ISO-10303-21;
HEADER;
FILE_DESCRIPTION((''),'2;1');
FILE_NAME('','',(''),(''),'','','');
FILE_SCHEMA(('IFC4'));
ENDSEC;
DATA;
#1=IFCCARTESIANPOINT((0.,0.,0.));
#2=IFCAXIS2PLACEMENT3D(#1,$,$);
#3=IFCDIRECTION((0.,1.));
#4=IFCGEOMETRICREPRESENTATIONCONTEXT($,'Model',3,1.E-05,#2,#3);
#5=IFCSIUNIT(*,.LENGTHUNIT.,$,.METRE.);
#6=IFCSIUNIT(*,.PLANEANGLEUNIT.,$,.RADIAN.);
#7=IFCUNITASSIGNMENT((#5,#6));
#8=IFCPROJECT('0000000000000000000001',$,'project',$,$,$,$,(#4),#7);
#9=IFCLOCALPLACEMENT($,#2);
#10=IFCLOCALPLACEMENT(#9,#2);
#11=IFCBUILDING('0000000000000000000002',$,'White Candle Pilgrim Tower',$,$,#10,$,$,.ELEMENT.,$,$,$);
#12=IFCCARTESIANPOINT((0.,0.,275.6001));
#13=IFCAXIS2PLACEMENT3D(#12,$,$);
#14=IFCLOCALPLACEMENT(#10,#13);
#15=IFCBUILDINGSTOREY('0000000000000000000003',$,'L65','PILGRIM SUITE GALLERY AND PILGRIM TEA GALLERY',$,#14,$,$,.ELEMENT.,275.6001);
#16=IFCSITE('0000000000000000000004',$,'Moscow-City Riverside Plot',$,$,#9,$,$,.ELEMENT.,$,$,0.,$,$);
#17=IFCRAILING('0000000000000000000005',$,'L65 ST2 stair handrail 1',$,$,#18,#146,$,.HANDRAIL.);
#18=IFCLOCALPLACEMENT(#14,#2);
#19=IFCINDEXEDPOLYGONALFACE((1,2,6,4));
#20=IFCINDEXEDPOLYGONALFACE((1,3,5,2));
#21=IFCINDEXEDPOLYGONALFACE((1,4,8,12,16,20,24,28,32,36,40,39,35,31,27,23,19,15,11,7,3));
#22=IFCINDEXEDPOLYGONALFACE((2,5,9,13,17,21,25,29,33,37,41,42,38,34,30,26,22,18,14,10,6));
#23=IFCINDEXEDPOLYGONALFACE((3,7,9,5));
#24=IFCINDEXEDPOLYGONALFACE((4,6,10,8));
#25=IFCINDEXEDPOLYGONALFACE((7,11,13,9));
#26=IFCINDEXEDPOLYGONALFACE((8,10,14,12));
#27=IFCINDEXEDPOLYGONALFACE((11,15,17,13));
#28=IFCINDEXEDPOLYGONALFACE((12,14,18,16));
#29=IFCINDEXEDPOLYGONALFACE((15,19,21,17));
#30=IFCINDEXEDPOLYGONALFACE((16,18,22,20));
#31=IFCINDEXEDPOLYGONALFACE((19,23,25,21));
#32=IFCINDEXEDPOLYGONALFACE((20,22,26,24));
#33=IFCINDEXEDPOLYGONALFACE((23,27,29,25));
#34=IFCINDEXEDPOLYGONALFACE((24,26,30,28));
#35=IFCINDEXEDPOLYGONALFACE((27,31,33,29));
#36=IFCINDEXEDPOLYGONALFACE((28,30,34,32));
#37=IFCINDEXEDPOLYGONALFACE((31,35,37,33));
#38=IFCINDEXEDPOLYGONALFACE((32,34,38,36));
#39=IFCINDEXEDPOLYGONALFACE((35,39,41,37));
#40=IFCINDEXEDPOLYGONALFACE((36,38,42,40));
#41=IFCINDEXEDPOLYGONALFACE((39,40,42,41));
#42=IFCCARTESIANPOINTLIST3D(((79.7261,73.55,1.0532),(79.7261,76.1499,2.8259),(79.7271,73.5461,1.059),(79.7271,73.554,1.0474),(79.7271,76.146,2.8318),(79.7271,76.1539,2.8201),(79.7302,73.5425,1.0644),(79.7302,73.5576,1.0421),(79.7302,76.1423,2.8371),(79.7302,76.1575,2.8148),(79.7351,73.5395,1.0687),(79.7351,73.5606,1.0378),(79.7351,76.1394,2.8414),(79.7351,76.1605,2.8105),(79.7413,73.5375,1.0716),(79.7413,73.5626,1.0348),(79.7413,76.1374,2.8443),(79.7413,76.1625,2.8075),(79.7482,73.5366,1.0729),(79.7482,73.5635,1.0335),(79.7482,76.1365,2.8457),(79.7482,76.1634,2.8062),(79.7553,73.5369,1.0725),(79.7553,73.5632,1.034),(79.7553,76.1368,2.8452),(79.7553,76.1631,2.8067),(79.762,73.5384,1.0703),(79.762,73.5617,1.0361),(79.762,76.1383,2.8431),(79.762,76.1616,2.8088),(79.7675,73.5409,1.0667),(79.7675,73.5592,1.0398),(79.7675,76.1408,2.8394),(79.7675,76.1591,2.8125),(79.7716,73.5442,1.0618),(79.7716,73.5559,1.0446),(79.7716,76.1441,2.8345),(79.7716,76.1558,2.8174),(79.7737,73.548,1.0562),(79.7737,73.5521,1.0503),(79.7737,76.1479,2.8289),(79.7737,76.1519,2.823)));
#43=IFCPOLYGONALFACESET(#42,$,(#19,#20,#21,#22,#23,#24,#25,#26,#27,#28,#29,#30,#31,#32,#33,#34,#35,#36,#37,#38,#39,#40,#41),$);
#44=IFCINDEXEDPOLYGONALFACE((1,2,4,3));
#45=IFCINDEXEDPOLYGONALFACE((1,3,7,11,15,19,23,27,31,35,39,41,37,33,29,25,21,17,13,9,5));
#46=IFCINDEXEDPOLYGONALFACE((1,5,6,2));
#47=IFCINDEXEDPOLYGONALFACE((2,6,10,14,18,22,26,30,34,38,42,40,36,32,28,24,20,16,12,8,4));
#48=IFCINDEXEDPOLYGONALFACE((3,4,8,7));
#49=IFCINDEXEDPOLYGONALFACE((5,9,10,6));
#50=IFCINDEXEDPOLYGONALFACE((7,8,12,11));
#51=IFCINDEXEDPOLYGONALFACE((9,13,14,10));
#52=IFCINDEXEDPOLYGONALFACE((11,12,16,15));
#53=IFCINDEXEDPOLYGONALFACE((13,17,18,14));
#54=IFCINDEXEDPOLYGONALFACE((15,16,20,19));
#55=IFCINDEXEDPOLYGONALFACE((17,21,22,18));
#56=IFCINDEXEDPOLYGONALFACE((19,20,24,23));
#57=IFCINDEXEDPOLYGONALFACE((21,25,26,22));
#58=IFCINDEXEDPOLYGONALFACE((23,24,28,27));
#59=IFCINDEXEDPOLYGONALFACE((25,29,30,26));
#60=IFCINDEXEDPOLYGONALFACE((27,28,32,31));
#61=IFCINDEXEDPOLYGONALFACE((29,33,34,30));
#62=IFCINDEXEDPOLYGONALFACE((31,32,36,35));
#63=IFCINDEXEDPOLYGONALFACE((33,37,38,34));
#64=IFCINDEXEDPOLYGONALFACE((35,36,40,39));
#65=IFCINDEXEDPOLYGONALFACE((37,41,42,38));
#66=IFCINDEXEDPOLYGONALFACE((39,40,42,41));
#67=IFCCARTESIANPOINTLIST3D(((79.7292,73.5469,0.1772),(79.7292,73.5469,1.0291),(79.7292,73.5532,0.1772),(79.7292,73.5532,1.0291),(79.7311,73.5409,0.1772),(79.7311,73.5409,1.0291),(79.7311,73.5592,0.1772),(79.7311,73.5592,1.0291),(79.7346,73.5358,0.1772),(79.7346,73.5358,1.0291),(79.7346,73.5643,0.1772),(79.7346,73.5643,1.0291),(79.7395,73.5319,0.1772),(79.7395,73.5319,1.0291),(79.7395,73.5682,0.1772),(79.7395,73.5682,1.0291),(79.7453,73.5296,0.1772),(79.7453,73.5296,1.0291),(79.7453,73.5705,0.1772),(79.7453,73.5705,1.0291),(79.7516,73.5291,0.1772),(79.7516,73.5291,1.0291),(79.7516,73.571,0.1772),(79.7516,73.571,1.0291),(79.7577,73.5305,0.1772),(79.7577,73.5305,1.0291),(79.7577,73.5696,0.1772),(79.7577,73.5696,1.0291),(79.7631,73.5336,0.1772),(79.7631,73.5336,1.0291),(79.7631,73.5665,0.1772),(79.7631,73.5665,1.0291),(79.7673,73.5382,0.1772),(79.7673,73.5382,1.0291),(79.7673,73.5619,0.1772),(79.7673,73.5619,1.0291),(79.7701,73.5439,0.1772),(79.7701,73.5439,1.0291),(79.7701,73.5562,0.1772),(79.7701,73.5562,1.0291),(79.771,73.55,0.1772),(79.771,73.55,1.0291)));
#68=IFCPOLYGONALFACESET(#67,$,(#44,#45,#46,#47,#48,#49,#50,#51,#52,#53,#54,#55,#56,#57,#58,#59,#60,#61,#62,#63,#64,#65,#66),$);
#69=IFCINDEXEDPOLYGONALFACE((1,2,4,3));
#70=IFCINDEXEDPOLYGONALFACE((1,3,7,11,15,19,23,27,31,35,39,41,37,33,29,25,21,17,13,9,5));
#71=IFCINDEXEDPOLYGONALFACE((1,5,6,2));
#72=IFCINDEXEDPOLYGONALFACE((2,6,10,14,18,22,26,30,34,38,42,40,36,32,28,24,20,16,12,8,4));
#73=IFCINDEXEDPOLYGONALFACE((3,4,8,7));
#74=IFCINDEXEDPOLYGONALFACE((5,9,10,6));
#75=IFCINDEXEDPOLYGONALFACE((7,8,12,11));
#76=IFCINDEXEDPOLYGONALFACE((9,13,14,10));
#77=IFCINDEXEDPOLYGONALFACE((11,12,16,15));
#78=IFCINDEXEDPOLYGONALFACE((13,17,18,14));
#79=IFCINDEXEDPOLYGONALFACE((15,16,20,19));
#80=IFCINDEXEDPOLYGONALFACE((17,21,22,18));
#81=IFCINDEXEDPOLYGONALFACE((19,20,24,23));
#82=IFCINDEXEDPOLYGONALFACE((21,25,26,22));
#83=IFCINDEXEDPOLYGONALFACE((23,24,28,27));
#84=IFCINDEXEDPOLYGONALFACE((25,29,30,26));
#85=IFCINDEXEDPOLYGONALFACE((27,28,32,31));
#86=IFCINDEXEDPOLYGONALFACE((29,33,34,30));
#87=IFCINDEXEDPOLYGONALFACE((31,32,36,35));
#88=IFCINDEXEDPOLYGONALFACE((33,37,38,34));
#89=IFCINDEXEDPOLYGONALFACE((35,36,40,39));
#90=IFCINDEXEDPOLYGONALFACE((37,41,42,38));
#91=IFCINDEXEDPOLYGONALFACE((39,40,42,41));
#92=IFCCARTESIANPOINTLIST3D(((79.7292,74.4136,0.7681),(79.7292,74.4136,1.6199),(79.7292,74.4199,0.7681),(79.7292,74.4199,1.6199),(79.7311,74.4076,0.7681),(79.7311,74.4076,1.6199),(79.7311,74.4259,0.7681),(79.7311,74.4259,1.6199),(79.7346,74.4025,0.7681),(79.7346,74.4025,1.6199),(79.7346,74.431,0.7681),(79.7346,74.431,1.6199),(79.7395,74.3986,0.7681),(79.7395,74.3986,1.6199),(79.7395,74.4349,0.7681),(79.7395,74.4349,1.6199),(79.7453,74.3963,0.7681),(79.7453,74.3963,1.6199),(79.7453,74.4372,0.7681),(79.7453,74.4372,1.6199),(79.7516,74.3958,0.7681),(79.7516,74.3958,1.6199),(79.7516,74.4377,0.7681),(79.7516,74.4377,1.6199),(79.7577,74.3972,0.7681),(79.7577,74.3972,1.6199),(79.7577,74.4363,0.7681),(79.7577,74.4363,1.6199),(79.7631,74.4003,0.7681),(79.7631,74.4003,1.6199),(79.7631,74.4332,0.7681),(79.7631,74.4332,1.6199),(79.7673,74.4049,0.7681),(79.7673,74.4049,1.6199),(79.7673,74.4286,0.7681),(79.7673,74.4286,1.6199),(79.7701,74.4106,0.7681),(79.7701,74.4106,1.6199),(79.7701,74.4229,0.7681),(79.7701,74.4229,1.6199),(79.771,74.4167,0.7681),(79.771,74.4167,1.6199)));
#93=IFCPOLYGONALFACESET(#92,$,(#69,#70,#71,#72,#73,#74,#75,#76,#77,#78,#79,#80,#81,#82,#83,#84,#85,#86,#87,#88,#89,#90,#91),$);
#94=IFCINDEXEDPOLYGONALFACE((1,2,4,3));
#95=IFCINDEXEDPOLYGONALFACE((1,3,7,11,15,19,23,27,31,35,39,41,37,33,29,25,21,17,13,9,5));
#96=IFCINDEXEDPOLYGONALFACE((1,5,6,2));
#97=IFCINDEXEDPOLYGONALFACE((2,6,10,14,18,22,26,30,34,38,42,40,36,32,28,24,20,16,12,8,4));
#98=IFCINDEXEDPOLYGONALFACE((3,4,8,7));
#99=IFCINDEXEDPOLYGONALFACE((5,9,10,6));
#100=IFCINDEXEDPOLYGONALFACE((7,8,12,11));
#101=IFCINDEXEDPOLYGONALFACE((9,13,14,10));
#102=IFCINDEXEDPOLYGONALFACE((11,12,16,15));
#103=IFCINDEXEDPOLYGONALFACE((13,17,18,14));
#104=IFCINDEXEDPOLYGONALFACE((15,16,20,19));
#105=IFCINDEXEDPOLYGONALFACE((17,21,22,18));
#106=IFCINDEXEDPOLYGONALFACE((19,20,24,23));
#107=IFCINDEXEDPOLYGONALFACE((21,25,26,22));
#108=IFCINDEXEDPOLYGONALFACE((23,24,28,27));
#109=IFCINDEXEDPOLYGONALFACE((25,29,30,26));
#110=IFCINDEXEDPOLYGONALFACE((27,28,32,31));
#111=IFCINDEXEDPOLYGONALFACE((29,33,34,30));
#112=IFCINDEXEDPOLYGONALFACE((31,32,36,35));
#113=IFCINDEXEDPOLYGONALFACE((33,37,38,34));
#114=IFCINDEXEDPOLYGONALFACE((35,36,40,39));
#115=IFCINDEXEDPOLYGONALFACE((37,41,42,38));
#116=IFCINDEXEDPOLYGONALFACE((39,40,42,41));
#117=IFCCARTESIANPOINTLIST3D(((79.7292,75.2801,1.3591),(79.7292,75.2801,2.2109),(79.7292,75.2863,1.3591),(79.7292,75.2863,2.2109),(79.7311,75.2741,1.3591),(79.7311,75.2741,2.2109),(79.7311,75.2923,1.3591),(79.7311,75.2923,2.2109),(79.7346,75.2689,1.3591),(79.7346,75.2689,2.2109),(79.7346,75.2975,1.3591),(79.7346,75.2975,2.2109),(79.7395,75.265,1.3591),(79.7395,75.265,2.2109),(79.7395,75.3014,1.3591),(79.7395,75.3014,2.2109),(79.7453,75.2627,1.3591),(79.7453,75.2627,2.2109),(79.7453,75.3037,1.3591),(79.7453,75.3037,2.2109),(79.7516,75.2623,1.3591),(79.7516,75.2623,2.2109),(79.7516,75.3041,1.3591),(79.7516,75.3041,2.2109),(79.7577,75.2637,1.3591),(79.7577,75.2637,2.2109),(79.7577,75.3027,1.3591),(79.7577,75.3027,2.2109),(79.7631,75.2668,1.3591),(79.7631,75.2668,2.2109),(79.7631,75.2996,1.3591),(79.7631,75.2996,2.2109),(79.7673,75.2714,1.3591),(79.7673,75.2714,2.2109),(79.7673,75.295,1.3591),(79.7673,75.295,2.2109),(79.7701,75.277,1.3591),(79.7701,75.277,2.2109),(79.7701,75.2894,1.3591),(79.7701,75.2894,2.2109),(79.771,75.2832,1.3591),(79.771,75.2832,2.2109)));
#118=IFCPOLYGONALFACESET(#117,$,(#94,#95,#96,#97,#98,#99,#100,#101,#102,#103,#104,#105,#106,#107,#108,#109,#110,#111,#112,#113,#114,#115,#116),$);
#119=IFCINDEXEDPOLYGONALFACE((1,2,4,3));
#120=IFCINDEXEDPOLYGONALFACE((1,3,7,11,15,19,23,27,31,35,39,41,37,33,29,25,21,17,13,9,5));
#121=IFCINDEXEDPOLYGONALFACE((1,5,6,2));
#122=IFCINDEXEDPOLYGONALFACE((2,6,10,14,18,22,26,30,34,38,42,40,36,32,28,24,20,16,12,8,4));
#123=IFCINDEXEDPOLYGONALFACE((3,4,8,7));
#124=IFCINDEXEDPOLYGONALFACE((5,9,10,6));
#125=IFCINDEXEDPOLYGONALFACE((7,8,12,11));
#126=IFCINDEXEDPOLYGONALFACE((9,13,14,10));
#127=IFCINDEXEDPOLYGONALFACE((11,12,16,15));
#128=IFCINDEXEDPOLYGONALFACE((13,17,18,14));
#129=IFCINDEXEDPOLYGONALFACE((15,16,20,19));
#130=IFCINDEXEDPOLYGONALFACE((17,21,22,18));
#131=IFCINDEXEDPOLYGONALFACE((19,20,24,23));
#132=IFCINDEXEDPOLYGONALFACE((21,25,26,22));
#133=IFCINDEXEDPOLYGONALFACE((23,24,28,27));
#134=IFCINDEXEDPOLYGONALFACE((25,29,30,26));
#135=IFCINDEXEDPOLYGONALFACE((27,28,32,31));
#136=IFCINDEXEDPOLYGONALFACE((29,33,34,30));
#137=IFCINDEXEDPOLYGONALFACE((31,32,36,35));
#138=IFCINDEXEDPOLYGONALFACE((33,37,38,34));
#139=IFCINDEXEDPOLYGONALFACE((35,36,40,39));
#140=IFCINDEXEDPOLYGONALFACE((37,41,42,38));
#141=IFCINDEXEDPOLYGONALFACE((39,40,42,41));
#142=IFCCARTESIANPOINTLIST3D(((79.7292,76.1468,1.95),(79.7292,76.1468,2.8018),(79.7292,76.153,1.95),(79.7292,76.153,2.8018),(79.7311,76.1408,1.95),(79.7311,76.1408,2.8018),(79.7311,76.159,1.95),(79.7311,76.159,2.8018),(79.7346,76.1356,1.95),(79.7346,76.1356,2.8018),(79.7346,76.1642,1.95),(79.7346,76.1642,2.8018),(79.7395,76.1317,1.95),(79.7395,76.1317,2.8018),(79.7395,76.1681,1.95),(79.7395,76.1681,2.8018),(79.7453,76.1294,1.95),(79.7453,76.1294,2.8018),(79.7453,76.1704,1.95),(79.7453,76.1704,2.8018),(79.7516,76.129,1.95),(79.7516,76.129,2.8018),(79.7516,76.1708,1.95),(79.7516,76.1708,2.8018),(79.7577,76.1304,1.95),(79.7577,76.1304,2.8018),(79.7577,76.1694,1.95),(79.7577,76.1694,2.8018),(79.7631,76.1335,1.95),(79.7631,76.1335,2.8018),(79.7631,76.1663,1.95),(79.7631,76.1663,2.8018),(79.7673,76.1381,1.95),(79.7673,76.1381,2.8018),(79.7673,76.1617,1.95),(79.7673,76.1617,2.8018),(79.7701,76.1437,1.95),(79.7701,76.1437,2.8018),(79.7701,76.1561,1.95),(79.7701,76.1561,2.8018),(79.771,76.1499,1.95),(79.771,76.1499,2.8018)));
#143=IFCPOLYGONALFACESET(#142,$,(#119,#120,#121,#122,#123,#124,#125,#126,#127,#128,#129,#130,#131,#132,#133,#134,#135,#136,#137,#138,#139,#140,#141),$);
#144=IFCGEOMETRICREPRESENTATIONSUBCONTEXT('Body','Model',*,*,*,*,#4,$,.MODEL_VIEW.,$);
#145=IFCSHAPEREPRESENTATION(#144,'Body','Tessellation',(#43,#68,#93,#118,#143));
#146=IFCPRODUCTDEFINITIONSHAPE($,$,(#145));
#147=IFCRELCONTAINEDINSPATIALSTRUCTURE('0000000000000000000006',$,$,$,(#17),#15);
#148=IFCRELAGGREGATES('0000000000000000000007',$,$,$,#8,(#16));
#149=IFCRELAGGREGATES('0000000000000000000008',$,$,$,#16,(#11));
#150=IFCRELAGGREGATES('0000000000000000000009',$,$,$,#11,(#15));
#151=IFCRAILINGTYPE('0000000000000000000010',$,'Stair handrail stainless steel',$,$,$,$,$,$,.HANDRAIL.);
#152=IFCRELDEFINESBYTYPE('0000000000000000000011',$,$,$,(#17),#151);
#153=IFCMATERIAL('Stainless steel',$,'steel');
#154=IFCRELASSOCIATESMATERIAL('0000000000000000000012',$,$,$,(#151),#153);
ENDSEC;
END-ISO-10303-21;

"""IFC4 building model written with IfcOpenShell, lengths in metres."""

from ifc_helpers import new_model, si_unit, direction, frame, origin, origin_2d, place, context, subcontext, project, spatial, circle, extrude, material, type_object, element, save


model = new_model("IFC4")

# Units and contexts
model_context = context("Model", 3, precision=1e-05, world=origin(), true_north=direction((0.0, 1.0)))
body_context = subcontext(model_context, "Body", "Model", "MODEL_VIEW")
ifc_project = project(units=[si_unit("LENGTHUNIT", "METRE"), si_unit("PLANEANGLEUNIT", "RADIAN")], contexts=[model_context])

# Site, building, storey
site_placement = place(None, origin())
site = spatial("IfcSite", under=ifc_project, at=site_placement, Name="Moscow-City Riverside Plot", CompositionType="ELEMENT", RefElevation=0.0)
building_placement = place(site_placement, origin())
building = spatial("IfcBuilding", under=site, at=building_placement, Name="White Candle Pilgrim Tower", CompositionType="ELEMENT")
storey_placement = place(building_placement, frame((0.0, 0.0, 275.6001)))
storey = spatial("IfcBuildingStorey", under=building, at=storey_placement, Name="L65", Description="PILGRIM SUITE GALLERY AND PILGRIM TEA GALLERY", CompositionType="ELEMENT", Elevation=275.6001)

# Railing
ifc_material_1 = material(Name="Stainless steel", Category="steel")
railing_type_1 = type_object("IfcRailingType", Name="Stair handrail stainless steel", PredefinedType="HANDRAIL", material=ifc_material_1)
railing_1_placement = place(storey_placement, frame((79.75, 73.55, 0.1772)))
element("IfcRailing", 1, at=railing_1_placement, inside=storey, type_object=railing_type_1, Name="L65 ST2 stair handrail 1", PredefinedType="HANDRAIL", context=body_context, shape_type="SweptSolid", body=[
    extrude(circle(Radius=0.0239, at=origin_2d()), frame((0.0, 0.0, 0.876), z_axis=(0.0, 0.826216, 0.563354), x_axis=(-1.0, 0.0, 0.0)), (0.0, 0.0, 1.0), 3.1467),
    extrude(circle(Radius=0.021, at=origin_2d()), origin(), (0.0, 0.0, 1.0), 0.8518),
    extrude(circle(Radius=0.021, at=origin_2d()), frame((0.0, 0.8667, 0.5908)), (0.0, 0.0, 1.0), 0.8518),
    extrude(circle(Radius=0.021, at=origin_2d()), frame((0.0, 1.7332, 1.1819)), (0.0, 0.0, 1.0), 0.8518),
    extrude(circle(Radius=0.021, at=origin_2d()), frame((0.0, 2.5999, 1.7727)), (0.0, 0.0, 1.0), 0.8518),
])

save(model, "model.ifc")
